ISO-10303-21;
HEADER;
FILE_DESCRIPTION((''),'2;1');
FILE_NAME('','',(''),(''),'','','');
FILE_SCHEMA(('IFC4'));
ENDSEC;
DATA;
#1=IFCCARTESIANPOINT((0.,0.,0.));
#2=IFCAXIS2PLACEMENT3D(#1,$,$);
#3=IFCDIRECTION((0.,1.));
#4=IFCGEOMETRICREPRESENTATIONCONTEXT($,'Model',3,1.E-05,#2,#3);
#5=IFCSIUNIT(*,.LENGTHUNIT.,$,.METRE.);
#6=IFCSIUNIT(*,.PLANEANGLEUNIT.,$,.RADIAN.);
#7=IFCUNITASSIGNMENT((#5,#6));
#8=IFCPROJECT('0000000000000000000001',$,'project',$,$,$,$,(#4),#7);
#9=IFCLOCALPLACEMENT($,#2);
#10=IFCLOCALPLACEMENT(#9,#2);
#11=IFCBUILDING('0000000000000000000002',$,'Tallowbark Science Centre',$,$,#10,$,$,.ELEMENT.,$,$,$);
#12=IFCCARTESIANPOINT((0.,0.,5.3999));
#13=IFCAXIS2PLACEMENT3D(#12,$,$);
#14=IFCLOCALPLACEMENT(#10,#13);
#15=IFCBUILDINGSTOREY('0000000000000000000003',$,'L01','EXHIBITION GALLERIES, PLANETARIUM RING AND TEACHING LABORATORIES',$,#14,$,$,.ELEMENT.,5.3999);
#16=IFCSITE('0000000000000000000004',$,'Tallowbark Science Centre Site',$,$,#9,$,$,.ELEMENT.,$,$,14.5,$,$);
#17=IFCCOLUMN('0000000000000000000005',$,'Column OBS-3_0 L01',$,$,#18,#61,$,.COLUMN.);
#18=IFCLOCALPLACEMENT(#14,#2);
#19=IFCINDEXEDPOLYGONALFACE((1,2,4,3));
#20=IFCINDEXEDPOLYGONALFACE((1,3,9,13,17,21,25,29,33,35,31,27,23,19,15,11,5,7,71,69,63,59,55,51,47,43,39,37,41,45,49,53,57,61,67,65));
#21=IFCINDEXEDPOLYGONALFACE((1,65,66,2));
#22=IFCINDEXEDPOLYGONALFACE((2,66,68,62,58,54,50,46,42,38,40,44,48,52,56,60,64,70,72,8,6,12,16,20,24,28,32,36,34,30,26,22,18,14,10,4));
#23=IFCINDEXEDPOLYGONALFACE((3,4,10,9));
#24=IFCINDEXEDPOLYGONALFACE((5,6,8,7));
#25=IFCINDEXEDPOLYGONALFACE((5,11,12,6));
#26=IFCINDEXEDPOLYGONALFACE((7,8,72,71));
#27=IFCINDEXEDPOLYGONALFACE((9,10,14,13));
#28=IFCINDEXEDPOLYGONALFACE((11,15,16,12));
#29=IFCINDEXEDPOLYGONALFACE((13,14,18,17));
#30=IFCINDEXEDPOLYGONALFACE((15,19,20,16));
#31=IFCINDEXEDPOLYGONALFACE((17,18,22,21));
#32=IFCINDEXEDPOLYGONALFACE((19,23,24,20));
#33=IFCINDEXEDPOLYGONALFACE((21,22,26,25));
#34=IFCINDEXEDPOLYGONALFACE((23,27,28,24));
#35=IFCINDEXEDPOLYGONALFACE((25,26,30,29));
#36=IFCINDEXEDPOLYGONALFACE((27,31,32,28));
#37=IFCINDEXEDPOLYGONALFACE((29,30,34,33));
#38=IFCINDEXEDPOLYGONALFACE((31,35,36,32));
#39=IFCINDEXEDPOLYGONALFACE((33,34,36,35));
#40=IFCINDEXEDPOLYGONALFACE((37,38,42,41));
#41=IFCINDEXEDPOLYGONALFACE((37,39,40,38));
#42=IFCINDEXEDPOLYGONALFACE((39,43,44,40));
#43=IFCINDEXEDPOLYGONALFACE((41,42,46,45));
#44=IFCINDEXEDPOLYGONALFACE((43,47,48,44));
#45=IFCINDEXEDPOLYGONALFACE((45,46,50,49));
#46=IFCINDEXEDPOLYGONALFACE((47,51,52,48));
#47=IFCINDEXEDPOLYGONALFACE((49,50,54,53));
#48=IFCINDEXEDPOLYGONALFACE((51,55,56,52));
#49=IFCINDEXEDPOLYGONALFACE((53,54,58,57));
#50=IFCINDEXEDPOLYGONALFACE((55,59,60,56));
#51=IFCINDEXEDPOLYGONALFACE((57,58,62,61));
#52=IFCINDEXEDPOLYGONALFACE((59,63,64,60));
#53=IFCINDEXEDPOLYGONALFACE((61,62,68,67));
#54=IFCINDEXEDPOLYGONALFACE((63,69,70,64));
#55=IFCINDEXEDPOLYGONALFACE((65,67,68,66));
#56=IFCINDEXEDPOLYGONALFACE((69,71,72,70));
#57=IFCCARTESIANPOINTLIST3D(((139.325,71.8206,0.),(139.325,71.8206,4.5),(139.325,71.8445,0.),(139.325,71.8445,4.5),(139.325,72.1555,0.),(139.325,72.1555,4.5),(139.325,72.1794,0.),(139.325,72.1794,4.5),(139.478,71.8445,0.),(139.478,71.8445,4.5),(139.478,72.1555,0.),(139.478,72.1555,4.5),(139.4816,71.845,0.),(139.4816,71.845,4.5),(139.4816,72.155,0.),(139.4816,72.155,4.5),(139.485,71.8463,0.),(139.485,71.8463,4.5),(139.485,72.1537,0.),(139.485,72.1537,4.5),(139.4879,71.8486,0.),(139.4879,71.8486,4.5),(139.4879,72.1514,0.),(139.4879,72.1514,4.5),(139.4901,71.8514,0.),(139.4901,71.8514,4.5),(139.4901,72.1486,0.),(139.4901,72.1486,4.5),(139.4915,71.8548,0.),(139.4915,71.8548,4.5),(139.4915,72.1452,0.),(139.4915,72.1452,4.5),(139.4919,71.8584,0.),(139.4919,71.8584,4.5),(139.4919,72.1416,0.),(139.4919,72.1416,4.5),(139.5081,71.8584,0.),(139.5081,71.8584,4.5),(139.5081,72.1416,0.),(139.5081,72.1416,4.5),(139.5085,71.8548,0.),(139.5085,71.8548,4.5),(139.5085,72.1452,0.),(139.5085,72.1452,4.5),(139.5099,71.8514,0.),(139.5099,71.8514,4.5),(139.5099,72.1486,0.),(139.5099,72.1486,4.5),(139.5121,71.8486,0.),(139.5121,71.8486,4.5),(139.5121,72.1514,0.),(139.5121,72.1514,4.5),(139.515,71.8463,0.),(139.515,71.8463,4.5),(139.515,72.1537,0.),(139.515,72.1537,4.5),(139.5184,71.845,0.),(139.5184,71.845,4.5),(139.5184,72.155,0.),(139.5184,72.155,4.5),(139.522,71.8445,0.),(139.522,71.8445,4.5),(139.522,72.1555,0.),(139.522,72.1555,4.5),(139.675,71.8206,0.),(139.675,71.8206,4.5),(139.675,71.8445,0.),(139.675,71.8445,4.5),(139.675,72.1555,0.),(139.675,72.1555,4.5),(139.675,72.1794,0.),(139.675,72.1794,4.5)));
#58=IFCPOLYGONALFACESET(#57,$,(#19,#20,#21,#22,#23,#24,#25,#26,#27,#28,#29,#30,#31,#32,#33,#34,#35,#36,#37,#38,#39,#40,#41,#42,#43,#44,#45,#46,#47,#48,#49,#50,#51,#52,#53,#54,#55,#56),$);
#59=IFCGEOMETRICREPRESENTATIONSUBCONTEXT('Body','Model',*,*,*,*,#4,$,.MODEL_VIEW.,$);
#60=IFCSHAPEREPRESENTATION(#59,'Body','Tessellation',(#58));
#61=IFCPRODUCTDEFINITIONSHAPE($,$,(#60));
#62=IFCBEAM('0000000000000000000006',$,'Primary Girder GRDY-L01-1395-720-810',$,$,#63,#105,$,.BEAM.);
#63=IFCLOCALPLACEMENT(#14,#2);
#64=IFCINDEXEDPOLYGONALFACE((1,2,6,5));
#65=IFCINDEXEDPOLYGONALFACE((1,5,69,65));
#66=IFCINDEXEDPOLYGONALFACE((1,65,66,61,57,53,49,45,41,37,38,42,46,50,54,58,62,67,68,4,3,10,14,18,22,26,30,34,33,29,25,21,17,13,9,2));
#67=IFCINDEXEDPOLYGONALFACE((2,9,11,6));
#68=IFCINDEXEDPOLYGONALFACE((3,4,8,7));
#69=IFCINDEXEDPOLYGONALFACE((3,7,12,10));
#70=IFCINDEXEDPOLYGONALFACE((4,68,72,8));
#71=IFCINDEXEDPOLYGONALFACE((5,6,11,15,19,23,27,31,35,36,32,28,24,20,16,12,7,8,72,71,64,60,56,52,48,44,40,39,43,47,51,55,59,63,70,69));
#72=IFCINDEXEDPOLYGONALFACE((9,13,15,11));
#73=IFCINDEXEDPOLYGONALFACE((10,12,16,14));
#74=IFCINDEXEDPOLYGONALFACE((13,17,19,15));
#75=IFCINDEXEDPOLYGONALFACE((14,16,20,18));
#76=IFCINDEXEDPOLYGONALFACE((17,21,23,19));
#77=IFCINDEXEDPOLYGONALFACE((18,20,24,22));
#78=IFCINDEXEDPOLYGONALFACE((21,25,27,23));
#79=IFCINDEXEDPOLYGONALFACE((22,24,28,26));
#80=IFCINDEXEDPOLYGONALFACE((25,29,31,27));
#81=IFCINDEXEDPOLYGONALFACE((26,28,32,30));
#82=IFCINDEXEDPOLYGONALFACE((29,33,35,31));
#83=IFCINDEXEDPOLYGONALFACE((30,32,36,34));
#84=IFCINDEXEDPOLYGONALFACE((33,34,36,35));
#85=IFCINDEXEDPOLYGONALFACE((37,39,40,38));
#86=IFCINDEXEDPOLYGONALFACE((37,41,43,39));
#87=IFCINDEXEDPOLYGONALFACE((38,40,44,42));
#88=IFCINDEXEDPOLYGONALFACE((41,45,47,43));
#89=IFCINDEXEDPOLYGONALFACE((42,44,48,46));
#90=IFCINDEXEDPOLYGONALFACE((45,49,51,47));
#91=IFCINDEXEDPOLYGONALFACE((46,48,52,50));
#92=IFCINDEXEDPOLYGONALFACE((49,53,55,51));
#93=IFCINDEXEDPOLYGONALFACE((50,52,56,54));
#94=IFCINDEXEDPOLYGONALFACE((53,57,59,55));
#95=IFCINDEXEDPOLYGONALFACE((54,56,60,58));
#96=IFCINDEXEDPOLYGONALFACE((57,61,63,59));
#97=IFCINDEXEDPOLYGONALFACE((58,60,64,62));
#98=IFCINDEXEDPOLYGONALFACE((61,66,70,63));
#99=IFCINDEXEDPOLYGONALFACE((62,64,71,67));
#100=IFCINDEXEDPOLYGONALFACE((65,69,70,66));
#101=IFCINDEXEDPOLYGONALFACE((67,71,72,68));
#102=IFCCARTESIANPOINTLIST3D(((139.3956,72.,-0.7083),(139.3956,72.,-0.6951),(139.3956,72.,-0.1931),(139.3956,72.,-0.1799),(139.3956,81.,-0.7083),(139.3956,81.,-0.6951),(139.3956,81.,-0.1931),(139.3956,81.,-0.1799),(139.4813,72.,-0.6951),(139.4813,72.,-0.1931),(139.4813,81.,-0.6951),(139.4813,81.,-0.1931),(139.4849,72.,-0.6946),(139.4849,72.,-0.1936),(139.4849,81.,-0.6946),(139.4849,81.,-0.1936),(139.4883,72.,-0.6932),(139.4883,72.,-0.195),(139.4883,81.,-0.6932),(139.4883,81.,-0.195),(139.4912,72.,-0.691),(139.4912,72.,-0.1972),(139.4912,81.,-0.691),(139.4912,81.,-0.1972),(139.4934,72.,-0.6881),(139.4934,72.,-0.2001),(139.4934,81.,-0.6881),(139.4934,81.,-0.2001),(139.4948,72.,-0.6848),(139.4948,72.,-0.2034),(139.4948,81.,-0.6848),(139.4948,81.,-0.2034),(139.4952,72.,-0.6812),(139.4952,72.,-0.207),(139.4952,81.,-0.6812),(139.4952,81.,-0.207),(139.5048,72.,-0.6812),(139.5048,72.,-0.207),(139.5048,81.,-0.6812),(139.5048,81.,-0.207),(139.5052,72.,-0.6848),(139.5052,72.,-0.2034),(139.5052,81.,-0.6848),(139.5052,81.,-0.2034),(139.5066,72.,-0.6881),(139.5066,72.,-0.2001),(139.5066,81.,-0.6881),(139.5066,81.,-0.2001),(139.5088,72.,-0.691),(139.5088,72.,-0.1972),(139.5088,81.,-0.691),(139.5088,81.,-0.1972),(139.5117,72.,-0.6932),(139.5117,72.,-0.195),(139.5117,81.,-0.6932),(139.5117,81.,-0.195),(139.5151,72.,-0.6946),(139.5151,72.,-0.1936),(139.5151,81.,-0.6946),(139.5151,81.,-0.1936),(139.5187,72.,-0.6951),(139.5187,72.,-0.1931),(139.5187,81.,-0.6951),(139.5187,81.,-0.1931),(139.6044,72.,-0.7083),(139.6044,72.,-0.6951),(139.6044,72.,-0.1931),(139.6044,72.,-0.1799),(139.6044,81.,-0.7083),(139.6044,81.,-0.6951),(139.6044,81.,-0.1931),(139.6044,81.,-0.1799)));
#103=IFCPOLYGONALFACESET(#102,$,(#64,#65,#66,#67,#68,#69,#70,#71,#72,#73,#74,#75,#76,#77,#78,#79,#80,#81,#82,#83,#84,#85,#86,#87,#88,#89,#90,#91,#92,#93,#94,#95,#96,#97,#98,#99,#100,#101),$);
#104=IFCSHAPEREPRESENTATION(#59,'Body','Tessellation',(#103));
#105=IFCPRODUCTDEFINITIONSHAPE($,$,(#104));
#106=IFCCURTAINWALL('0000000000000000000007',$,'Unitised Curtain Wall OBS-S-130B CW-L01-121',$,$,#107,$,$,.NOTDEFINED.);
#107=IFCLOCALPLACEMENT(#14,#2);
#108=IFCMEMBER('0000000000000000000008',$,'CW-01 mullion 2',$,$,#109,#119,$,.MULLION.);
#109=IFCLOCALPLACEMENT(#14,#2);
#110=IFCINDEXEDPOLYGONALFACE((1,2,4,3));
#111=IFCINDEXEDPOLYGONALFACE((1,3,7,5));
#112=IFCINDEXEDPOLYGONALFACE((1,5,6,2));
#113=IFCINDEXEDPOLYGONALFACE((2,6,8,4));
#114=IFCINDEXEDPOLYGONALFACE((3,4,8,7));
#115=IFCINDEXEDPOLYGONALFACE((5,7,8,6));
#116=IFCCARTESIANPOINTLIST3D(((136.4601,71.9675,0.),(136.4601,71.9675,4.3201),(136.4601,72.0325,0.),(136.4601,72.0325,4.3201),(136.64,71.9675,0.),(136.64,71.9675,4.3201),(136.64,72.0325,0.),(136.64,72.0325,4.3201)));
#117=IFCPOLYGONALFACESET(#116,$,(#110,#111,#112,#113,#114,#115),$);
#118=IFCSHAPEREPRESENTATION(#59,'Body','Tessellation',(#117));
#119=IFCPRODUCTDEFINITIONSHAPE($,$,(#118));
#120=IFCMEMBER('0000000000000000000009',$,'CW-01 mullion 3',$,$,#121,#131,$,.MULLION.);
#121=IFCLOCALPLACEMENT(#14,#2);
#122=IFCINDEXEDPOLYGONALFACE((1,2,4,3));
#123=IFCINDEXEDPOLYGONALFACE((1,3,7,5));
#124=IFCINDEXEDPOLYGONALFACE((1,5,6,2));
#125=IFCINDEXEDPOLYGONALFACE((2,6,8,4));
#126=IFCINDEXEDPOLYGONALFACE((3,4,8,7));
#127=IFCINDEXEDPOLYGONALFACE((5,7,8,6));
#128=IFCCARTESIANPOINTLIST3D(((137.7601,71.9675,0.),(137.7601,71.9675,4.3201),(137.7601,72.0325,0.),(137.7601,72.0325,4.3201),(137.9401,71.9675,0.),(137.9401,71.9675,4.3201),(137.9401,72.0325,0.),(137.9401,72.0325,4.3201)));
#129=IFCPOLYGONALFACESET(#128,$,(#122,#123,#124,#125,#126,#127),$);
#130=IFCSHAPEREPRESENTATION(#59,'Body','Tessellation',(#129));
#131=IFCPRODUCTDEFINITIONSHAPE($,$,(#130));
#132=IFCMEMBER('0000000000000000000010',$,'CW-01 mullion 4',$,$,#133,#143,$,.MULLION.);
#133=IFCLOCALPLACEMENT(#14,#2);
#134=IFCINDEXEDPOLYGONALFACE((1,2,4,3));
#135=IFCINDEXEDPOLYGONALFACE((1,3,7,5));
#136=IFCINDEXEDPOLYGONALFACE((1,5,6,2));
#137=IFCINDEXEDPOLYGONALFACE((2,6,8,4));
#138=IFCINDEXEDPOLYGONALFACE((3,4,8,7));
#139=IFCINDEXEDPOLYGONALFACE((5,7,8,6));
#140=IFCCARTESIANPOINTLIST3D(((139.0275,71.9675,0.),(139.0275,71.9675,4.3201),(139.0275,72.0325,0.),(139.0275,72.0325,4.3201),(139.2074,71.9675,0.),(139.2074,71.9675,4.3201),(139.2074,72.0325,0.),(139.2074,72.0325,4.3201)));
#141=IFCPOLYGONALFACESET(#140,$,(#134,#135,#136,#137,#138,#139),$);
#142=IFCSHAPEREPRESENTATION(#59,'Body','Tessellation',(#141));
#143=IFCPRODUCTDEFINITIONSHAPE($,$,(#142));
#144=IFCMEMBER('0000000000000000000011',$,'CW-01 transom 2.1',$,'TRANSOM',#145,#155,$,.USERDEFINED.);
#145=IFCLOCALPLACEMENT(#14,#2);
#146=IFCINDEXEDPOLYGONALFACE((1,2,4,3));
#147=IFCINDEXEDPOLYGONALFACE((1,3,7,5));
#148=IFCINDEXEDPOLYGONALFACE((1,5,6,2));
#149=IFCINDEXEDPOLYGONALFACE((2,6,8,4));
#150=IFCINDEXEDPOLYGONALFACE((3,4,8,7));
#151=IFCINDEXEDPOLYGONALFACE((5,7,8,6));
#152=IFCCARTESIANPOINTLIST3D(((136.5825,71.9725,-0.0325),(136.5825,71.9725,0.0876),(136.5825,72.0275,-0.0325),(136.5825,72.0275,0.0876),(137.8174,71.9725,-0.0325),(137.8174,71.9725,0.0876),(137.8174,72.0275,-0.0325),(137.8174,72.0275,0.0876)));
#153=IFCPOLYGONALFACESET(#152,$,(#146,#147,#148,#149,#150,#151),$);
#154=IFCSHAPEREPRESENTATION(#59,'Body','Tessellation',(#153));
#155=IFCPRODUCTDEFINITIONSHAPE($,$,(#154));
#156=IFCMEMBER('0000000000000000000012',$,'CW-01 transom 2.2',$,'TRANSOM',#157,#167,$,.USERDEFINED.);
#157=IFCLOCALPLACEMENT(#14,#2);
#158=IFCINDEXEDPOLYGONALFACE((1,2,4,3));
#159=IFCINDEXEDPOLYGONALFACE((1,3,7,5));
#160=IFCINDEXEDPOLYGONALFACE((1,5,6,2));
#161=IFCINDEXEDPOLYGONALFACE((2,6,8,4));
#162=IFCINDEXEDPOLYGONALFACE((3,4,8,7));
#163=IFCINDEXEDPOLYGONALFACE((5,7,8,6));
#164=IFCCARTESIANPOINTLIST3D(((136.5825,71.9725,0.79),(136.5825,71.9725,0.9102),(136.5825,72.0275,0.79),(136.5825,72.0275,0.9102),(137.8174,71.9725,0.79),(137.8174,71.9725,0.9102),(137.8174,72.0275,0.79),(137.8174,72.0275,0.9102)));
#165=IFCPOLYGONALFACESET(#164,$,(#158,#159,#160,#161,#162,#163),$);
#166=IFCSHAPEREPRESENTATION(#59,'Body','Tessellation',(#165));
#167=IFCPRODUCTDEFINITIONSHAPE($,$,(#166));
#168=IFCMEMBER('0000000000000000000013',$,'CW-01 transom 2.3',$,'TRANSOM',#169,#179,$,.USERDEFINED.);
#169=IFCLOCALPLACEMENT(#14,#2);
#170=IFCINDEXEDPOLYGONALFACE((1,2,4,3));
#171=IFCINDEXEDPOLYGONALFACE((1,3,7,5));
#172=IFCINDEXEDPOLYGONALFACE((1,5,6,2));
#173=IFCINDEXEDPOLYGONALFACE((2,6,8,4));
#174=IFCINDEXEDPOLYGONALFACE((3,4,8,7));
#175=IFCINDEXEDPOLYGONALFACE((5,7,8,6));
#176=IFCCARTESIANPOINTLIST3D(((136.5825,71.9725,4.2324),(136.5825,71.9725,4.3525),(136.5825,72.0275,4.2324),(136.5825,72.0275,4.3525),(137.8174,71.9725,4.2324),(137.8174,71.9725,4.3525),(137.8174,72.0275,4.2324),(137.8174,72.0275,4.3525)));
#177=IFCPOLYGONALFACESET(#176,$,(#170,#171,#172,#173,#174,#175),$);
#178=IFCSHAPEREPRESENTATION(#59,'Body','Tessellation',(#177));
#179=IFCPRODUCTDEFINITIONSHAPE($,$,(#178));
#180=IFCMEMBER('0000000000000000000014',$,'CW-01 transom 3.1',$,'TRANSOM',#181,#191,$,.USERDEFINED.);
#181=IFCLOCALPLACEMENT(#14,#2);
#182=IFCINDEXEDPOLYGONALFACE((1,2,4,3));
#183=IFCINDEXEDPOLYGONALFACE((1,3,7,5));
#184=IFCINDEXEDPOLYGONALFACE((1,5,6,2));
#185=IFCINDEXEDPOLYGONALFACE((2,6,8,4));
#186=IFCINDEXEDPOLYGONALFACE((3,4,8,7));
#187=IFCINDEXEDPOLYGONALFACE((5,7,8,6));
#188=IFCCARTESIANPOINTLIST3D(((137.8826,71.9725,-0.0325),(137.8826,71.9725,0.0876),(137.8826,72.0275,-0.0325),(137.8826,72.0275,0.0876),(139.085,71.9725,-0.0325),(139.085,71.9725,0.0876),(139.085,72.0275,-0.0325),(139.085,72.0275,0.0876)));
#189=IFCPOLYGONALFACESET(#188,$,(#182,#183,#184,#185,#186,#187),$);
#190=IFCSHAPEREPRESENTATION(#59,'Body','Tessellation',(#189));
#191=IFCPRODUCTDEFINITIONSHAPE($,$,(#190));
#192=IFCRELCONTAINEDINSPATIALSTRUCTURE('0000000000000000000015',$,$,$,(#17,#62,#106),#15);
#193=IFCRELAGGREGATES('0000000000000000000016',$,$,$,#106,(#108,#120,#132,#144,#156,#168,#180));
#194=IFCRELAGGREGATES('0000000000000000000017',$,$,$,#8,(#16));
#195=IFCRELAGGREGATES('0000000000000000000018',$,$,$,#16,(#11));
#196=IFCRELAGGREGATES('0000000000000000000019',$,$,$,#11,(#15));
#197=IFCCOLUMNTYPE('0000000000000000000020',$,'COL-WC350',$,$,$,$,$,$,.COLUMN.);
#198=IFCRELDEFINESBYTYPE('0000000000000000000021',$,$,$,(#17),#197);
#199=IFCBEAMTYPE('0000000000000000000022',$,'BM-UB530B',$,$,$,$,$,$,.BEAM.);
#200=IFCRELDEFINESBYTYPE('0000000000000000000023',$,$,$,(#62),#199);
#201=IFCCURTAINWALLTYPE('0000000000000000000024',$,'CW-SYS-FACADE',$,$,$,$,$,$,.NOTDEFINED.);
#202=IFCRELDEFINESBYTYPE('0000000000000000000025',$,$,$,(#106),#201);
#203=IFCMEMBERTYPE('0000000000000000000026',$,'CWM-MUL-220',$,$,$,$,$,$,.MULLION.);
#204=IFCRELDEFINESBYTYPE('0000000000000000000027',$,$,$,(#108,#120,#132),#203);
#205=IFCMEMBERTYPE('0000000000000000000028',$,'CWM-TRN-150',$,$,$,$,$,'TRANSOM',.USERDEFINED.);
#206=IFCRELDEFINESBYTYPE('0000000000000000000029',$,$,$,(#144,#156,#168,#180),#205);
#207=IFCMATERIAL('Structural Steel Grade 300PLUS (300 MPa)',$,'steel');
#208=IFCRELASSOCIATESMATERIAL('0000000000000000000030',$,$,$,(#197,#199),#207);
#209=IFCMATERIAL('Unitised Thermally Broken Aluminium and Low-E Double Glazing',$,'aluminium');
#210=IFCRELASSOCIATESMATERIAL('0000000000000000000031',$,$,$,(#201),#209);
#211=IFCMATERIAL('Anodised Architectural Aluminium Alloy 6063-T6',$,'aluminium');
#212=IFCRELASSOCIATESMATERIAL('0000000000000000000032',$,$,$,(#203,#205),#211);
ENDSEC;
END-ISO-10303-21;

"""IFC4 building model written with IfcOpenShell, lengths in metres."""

from ifc_helpers import new_model, si_unit, direction, frame, origin, origin_2d, place, context, subcontext, project, spatial, rectangle, i_section, extrude, material, material_profile, profile_set, type_object, element, aggregate, save


model = new_model("IFC4")

# Units and contexts
model_context = context("Model", 3, precision=1e-05, world=origin(), true_north=direction((0.0, 1.0)))
body_context = subcontext(model_context, "Body", "Model", "MODEL_VIEW")
ifc_project = project(units=[si_unit("LENGTHUNIT", "METRE"), si_unit("PLANEANGLEUNIT", "RADIAN")], contexts=[model_context])

# Site, building, storey
site_placement = place(None, origin())
site = spatial("IfcSite", under=ifc_project, at=site_placement, Name="Tallowbark Science Centre Site", CompositionType="ELEMENT", RefElevation=14.5)
building_placement = place(site_placement, origin())
building = spatial("IfcBuilding", under=site, at=building_placement, Name="Tallowbark Science Centre", CompositionType="ELEMENT")
storey_placement = place(building_placement, frame((0.0, 0.0, 5.3999)))
storey = spatial("IfcBuildingStorey", under=building, at=storey_placement, Name="L01", Description="EXHIBITION GALLERIES, PLANETARIUM RING AND TEACHING LABORATORIES", CompositionType="ELEMENT", Elevation=5.3999)

# Column
ifc_material_1 = material(Name="Structural Steel Grade 300PLUS (300 MPa)", Category="steel")
ifc_material_profile_1 = material_profile(ifc_material_1, i_section(OverallWidth=0.3501, OverallDepth=0.3589, WebThickness=0.0161, FlangeThickness=0.0239, FilletRadius=0.0139, at=origin_2d()), Name="350WC197")
ifc_profile_set_1 = profile_set([ifc_material_profile_1], Name="Structural Steel Grade 300PLUS (300 MPa)")
column_type = type_object("IfcColumnType", Name="COL-WC350", PredefinedType="COLUMN", material=ifc_profile_set_1)
column_placement = place(storey_placement, frame((139.5, 72.0, 0.0), z_axis=(0.0, 0.0, 1.0), x_axis=(1.0, 0.0, 0.0)))
element("IfcColumn", 1, at=column_placement, inside=storey, type_object=column_type, Name="Column OBS-3_0 L01", PredefinedType="COLUMN", context=body_context, shape_type="SweptSolid", body=[
    extrude(i_section(OverallWidth=0.3501, OverallDepth=0.3589, WebThickness=0.0161, FlangeThickness=0.0239, FilletRadius=0.0139, at=origin_2d()), origin(), (0.0, 0.0, 1.0), 4.5),
])

# Beam
ifc_material_profile_2 = material_profile(ifc_material_1, i_section(OverallWidth=0.2087, OverallDepth=0.5283, WebThickness=0.0095, FlangeThickness=0.0132, FilletRadius=0.0139, at=origin_2d()), Name="530UB82.0")
ifc_profile_set_2 = profile_set([ifc_material_profile_2], Name="Structural Steel Grade 300PLUS (300 MPa)")
beam_type_1 = type_object("IfcBeamType", Name="BM-UB530B", PredefinedType="BEAM", material=ifc_profile_set_2)
beam_1_placement = place(storey_placement, frame((139.5, 72.0, -0.4441), z_axis=(0.0, 1.0, 0.0), x_axis=(-1.0, 0.0, 0.0)))
element("IfcBeam", 2, at=beam_1_placement, inside=storey, type_object=beam_type_1, Name="Primary Girder GRDY-L01-1395-720-810", PredefinedType="BEAM", context=body_context, shape_type="SweptSolid", body=[
    extrude(i_section(OverallWidth=0.2087, OverallDepth=0.5283, WebThickness=0.0095, FlangeThickness=0.0132, FilletRadius=0.0139, at=origin_2d()), origin(), (0.0, 0.0, 1.0), 9.0),
])

# Curtain wall, members
ifc_material_2 = material(Name="Unitised Thermally Broken Aluminium and Low-E Double Glazing", Category="aluminium")
curtain_wall_type = type_object("IfcCurtainWallType", Name="CW-SYS-FACADE", PredefinedType="NOTDEFINED", material=ifc_material_2)
curtain_wall_placement = place(storey_placement, origin())
curtain_wall = element("IfcCurtainWall", 3, at=curtain_wall_placement, inside=storey, type_object=curtain_wall_type, Name="Unitised Curtain Wall OBS-S-130B CW-L01-121", PredefinedType="NOTDEFINED")
ifc_material_3 = material(Name="Anodised Architectural Aluminium Alloy 6063-T6", Category="aluminium")
ifc_material_profile_3 = material_profile(ifc_material_3, rectangle(XDim=0.0649, YDim=0.1799, at=origin_2d()), Name="ALU65x180")
ifc_profile_set_3 = profile_set([ifc_material_profile_3], Name="Anodised Architectural Aluminium Alloy 6063-T6")
member_type_1 = type_object("IfcMemberType", Name="CWM-MUL-220", PredefinedType="MULLION", material=ifc_profile_set_3)
member_1_placement = place(storey_placement, frame((136.55, 72.0, 0.0), z_axis=(0.0, 0.0, 1.0), x_axis=(0.0, 1.0, 0.0)))
member_1 = element("IfcMember", 4, at=member_1_placement, type_object=member_type_1, Name="CW-01 mullion 2", PredefinedType="MULLION", context=body_context, shape_type="SweptSolid", body=[
    extrude(rectangle(XDim=0.0649, YDim=0.1799, at=origin_2d()), origin(), (0.0, 0.0, 1.0), 4.3201),
])
member_2_placement = place(storey_placement, frame((137.8501, 72.0, 0.0), z_axis=(0.0, 0.0, 1.0), x_axis=(0.0, 1.0, 0.0)))
member_2 = element("IfcMember", 5, at=member_2_placement, type_object=member_type_1, Name="CW-01 mullion 3", PredefinedType="MULLION", context=body_context, shape_type="SweptSolid", body=[
    extrude(rectangle(XDim=0.0649, YDim=0.1799, at=origin_2d()), origin(), (0.0, 0.0, 1.0), 4.3201),
])
member_3_placement = place(storey_placement, frame((139.1174, 72.0, 0.0), z_axis=(0.0, 0.0, 1.0), x_axis=(0.0, 1.0, 0.0)))
member_3 = element("IfcMember", 6, at=member_3_placement, type_object=member_type_1, Name="CW-01 mullion 4", PredefinedType="MULLION", context=body_context, shape_type="SweptSolid", body=[
    extrude(rectangle(XDim=0.0649, YDim=0.1799, at=origin_2d()), origin(), (0.0, 0.0, 1.0), 4.3201),
])
ifc_material_profile_4 = material_profile(ifc_material_3, rectangle(XDim=0.0549, YDim=0.1201, at=origin_2d()), Name="ALU55x120")
ifc_profile_set_4 = profile_set([ifc_material_profile_4], Name="Anodised Architectural Aluminium Alloy 6063-T6")
member_type_2 = type_object("IfcMemberType", Name="CWM-TRN-150", ElementType="TRANSOM", PredefinedType="USERDEFINED", material=ifc_profile_set_4)
member_4_placement = place(storey_placement, frame((136.5825, 72.0, 0.0276), z_axis=(1.0, 0.0, 0.0), x_axis=(0.0, 1.0, 0.0)))
member_4 = element("IfcMember", 7, at=member_4_placement, type_object=member_type_2, Name="CW-01 transom 2.1", ObjectType="TRANSOM", PredefinedType="USERDEFINED", context=body_context, shape_type="SweptSolid", body=[
    extrude(rectangle(XDim=0.0549, YDim=0.1201, at=origin_2d()), origin(), (0.0, 0.0, 1.0), 1.2349),
])
member_5_placement = place(storey_placement, frame((136.5825, 72.0, 0.8501), z_axis=(1.0, 0.0, 0.0), x_axis=(0.0, 1.0, 0.0)))
member_5 = element("IfcMember", 8, at=member_5_placement, type_object=member_type_2, Name="CW-01 transom 2.2", ObjectType="TRANSOM", PredefinedType="USERDEFINED", context=body_context, shape_type="SweptSolid", body=[
    extrude(rectangle(XDim=0.0549, YDim=0.1201, at=origin_2d()), origin(), (0.0, 0.0, 1.0), 1.2349),
])
member_6_placement = place(storey_placement, frame((136.5825, 72.0, 4.2925), z_axis=(1.0, 0.0, 0.0), x_axis=(0.0, 1.0, 0.0)))
member_6 = element("IfcMember", 9, at=member_6_placement, type_object=member_type_2, Name="CW-01 transom 2.3", ObjectType="TRANSOM", PredefinedType="USERDEFINED", context=body_context, shape_type="SweptSolid", body=[
    extrude(rectangle(XDim=0.0549, YDim=0.1201, at=origin_2d()), origin(), (0.0, 0.0, 1.0), 1.2349),
])
member_7_placement = place(storey_placement, frame((137.8826, 72.0, 0.0276), z_axis=(1.0, 0.0, 0.0), x_axis=(0.0, 1.0, 0.0)))
member_7 = element("IfcMember", 10, at=member_7_placement, type_object=member_type_2, Name="CW-01 transom 3.1", ObjectType="TRANSOM", PredefinedType="USERDEFINED", context=body_context, shape_type="SweptSolid", body=[
    extrude(rectangle(XDim=0.0549, YDim=0.1201, at=origin_2d()), origin(), (0.0, 0.0, 1.0), 1.2024),
])

aggregate(curtain_wall, [member_1, member_2, member_3, member_4, member_5, member_6, member_7])

save(model, "model.ifc")
